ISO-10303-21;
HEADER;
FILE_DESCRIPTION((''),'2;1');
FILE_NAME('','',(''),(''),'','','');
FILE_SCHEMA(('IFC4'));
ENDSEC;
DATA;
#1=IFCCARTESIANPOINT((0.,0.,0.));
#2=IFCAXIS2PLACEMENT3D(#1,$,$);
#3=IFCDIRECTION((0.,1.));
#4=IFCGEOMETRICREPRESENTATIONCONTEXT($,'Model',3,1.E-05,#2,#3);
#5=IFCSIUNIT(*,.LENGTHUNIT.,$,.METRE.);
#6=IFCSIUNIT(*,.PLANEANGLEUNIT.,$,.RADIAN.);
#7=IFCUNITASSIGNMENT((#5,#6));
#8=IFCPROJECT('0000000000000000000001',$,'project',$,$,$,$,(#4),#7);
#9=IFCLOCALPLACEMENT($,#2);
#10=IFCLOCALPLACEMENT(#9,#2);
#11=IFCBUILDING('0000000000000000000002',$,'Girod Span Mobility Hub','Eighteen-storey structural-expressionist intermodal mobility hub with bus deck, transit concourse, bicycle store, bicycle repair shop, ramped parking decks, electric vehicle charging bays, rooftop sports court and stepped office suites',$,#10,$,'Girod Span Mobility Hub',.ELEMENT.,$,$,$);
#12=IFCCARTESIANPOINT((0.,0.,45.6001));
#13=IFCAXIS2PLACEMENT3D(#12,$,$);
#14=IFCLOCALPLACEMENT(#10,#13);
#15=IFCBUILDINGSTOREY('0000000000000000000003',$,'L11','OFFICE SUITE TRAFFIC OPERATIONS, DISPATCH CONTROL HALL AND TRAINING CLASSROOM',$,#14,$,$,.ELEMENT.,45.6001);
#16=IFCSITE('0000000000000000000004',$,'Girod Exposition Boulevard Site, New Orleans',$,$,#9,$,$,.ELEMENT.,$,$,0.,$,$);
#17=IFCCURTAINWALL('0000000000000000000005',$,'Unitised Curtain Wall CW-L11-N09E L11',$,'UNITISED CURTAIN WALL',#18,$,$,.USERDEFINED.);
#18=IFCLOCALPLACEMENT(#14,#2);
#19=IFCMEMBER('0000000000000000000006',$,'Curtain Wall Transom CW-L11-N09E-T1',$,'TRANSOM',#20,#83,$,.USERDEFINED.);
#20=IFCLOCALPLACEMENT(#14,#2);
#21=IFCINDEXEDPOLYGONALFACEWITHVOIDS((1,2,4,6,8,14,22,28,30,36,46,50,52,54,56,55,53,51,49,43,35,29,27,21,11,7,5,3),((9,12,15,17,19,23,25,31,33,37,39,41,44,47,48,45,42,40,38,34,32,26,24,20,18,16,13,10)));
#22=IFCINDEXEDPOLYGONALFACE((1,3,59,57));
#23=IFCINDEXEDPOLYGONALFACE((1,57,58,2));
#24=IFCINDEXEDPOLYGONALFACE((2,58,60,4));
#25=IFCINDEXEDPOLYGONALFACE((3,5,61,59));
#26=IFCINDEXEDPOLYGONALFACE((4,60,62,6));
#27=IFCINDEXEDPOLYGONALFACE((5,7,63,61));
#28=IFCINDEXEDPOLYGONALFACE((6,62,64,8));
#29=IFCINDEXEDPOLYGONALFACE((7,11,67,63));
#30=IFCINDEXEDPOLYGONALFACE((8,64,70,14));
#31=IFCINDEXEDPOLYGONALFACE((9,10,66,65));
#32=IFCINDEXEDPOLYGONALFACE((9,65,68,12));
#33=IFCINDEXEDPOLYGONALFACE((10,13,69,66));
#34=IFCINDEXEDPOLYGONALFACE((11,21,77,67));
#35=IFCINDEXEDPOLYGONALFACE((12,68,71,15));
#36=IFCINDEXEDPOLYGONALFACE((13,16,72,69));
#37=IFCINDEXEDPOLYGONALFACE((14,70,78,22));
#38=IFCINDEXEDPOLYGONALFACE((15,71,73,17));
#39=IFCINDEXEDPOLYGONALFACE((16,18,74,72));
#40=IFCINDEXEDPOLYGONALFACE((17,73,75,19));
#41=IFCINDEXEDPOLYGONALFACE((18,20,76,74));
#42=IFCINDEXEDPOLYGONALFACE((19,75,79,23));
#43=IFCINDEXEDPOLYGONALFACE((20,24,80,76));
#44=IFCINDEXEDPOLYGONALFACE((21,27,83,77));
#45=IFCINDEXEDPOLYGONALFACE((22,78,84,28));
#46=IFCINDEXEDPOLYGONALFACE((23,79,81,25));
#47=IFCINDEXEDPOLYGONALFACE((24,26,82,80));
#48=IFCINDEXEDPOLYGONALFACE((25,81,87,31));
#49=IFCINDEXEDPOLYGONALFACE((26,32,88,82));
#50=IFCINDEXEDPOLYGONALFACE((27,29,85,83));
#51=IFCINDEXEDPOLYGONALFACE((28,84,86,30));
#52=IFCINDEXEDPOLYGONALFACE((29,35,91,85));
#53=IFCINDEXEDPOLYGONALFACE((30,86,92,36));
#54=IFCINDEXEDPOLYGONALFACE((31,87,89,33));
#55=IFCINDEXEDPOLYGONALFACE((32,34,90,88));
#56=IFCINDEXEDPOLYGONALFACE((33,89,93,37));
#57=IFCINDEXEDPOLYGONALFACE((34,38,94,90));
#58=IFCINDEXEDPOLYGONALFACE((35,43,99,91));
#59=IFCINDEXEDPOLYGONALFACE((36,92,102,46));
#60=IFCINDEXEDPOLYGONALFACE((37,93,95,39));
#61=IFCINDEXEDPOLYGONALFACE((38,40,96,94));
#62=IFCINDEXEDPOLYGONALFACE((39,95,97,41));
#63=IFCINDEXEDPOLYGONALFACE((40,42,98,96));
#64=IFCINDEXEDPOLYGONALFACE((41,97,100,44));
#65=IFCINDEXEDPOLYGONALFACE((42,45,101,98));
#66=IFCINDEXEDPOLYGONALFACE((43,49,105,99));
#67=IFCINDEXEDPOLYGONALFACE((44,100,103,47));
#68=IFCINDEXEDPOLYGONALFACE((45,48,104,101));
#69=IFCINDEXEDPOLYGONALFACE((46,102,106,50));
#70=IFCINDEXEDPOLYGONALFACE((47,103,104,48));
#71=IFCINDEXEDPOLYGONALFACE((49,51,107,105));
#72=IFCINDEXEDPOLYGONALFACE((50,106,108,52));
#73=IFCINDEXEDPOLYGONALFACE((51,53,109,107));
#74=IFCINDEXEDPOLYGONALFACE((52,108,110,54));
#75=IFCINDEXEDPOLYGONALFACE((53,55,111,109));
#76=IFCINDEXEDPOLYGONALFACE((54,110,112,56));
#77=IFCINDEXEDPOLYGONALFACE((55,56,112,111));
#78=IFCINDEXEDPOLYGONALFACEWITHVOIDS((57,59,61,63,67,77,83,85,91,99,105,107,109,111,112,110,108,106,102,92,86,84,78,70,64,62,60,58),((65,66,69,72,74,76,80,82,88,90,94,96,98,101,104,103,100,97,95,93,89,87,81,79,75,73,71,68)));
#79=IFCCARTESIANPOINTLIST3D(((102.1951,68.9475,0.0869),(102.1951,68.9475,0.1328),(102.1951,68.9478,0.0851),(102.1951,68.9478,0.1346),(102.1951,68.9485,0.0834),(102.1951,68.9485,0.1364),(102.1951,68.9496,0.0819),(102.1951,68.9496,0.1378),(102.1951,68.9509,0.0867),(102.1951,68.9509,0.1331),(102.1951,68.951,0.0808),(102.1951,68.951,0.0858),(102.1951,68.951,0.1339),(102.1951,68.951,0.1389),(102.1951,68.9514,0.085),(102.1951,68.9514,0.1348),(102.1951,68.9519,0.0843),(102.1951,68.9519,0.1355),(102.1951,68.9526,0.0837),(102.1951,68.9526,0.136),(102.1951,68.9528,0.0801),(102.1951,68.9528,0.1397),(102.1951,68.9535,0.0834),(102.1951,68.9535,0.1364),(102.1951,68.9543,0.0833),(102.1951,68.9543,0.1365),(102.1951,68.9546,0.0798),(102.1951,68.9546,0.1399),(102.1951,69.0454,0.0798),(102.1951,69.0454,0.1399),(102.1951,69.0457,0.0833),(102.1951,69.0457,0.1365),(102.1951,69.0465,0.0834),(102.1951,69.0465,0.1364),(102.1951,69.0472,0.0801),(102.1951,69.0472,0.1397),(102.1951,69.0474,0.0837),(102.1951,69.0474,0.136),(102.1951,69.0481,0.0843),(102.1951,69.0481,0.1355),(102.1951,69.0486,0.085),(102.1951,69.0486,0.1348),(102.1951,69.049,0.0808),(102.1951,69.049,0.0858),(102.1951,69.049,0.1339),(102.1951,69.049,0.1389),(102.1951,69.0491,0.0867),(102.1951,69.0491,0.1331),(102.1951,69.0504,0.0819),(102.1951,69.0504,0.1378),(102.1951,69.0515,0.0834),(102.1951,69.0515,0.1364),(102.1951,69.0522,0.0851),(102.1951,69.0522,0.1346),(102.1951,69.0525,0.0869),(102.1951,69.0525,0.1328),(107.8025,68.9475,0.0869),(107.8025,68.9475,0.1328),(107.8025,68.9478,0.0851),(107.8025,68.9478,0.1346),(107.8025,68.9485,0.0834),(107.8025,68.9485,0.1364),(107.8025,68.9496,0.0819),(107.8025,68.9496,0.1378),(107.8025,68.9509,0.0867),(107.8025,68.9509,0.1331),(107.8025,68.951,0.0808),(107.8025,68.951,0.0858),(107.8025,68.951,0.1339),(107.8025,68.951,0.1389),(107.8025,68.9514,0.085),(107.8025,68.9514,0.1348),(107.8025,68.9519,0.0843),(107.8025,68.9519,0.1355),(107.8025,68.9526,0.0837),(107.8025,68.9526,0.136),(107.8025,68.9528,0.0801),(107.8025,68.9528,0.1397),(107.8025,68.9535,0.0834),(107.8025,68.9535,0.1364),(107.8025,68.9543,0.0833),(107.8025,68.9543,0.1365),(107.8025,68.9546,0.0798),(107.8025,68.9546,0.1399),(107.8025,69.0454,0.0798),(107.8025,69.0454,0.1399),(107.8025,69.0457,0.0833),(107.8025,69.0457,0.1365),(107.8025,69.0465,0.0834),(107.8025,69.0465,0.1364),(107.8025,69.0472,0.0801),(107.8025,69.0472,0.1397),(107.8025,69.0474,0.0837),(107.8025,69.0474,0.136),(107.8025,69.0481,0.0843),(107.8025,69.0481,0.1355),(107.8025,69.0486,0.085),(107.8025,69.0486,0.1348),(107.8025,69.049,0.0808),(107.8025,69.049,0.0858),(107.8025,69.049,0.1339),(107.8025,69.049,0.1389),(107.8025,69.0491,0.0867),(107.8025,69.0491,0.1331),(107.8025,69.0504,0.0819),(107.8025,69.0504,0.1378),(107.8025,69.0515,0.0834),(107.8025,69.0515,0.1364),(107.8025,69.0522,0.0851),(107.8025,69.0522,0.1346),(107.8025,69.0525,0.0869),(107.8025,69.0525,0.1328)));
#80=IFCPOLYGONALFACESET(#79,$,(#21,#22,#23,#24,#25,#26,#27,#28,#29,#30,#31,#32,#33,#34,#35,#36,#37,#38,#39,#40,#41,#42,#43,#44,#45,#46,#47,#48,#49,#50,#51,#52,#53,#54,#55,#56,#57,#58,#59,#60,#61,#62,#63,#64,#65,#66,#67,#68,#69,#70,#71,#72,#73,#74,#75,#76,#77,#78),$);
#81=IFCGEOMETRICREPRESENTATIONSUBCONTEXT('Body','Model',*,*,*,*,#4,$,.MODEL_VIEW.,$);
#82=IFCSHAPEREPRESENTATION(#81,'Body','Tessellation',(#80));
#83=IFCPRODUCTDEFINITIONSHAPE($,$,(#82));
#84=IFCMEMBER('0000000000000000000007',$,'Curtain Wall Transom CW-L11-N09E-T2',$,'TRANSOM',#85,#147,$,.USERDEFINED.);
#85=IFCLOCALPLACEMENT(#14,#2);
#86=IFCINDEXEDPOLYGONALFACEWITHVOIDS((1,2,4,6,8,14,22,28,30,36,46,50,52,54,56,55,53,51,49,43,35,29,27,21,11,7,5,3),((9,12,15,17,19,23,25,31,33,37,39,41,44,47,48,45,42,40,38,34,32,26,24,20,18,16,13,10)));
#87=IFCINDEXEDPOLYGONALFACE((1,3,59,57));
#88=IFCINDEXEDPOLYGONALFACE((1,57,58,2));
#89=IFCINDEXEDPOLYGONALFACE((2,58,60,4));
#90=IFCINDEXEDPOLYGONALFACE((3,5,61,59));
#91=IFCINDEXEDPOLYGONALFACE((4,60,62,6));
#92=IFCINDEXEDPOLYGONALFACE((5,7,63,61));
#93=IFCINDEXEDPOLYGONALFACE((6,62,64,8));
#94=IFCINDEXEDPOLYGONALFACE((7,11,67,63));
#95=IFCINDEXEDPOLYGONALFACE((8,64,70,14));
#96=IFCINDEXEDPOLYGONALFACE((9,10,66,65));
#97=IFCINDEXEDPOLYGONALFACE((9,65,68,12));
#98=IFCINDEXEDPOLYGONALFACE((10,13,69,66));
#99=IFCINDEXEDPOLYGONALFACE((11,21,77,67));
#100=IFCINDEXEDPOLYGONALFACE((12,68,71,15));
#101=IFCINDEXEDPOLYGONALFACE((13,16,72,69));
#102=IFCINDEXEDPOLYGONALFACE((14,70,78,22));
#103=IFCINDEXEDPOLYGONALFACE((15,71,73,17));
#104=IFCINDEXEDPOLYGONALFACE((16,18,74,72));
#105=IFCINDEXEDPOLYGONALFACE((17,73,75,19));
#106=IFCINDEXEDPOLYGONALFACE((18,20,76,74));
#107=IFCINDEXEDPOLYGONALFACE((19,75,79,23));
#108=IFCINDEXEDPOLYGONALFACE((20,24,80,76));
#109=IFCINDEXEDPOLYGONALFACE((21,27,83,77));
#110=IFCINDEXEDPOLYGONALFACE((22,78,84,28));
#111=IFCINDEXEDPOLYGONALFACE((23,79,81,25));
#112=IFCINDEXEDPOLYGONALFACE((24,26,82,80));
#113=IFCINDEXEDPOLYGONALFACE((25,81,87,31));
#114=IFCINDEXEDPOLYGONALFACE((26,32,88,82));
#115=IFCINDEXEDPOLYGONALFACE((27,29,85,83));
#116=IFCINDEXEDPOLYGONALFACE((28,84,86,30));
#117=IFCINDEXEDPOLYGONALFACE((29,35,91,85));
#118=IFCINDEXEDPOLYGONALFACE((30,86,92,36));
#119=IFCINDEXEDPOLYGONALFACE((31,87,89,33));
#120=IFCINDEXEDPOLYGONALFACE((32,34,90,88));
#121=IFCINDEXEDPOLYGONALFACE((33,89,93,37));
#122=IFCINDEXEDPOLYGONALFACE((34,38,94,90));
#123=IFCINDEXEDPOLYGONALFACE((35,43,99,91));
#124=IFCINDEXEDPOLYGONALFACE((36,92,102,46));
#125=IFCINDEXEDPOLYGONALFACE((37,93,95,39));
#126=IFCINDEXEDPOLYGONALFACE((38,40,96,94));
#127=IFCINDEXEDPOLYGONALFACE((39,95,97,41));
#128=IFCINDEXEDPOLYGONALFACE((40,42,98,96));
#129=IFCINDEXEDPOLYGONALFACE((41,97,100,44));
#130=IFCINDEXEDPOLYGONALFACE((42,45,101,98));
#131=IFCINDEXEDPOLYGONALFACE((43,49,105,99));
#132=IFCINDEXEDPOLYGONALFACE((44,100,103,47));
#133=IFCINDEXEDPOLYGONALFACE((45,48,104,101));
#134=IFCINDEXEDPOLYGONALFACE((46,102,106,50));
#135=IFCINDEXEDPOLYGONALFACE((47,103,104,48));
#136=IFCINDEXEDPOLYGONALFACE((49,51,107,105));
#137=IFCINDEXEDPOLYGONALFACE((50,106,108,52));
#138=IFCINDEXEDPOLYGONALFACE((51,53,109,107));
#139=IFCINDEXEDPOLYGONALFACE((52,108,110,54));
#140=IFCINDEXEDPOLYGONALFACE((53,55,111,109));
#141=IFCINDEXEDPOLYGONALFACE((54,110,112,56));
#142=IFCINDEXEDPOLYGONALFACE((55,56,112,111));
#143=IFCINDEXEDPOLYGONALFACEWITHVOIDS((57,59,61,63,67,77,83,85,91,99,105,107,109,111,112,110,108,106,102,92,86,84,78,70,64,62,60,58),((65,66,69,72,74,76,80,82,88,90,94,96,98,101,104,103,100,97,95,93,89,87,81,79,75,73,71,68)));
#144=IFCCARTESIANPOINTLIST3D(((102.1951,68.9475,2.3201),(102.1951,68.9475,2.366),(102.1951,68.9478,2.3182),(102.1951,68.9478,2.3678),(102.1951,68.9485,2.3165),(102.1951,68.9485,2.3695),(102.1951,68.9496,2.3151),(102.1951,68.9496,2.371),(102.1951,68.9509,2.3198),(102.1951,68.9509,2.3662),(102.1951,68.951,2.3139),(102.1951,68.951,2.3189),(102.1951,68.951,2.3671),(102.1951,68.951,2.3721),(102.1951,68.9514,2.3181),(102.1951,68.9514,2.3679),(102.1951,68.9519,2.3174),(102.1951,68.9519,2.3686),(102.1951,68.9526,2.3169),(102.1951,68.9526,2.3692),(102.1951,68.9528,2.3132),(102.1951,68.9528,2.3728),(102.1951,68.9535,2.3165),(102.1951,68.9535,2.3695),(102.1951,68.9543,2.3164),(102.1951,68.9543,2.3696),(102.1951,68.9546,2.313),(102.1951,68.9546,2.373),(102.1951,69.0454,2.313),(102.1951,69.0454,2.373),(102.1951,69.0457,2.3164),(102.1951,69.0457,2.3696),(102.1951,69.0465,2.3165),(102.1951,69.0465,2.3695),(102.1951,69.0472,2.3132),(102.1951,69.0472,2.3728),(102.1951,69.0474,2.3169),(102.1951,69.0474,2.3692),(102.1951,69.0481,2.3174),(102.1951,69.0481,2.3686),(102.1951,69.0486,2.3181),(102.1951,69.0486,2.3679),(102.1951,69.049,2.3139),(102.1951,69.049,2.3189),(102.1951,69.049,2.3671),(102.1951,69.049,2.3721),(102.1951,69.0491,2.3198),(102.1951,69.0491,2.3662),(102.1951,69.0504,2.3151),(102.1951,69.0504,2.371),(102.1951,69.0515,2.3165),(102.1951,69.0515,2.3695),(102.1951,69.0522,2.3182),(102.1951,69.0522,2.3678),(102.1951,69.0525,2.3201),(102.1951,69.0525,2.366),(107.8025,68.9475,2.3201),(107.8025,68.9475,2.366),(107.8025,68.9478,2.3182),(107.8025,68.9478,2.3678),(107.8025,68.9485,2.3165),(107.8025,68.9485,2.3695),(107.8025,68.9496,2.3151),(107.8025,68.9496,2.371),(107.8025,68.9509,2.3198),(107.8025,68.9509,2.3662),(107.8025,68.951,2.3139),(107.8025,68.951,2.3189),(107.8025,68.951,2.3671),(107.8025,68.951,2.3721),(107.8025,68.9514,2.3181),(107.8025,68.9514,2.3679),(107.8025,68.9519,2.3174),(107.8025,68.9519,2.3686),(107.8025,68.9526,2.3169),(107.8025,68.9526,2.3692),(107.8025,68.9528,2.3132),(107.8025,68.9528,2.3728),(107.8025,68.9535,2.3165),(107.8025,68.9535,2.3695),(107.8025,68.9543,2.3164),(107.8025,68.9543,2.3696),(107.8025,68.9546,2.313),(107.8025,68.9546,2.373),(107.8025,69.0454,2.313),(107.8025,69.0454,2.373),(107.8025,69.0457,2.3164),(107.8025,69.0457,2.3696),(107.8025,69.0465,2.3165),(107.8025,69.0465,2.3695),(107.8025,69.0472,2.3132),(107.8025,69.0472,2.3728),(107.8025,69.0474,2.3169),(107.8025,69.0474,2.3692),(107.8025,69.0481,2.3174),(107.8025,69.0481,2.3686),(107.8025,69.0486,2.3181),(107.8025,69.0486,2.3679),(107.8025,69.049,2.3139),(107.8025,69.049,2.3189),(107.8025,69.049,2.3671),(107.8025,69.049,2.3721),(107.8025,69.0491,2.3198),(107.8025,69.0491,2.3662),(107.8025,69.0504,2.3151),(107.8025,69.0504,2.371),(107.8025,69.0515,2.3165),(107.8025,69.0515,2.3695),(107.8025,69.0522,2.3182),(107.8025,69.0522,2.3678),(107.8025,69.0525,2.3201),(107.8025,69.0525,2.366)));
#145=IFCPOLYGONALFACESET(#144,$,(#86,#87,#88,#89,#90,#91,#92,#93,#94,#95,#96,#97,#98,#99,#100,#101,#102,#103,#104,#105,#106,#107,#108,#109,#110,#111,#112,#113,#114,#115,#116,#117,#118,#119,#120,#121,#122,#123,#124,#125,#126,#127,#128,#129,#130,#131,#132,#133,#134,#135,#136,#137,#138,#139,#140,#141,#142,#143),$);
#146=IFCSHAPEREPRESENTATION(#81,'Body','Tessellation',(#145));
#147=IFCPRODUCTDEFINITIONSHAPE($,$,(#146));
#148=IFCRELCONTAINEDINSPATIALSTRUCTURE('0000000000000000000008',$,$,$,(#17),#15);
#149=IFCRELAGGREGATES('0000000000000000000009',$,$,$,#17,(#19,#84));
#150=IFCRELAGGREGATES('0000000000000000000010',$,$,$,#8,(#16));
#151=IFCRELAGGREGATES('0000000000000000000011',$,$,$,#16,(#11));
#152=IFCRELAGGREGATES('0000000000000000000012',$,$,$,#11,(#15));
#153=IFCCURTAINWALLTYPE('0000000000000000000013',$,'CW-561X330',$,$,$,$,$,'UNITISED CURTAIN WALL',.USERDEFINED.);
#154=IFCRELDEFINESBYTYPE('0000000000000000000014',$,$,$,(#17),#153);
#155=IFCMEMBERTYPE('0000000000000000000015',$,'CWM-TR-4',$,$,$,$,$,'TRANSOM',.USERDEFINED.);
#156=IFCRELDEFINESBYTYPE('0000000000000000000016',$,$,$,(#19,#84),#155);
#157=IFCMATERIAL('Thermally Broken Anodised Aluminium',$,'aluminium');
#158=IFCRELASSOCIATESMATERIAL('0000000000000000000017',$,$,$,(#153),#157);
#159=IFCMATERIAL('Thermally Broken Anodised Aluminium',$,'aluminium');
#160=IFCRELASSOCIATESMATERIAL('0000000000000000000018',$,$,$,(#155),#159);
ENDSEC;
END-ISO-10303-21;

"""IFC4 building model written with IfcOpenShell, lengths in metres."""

from ifc_helpers import new_model, si_unit, direction, frame, origin, origin_2d, place, context, subcontext, project, spatial, hollow_rectangle, extrude, material, material_profile, profile_set, type_object, element, aggregate, save


model = new_model("IFC4")

# Units and contexts
model_context = context("Model", 3, precision=1e-05, world=origin(), true_north=direction((0.0, 1.0)))
body_context = subcontext(model_context, "Body", "Model", "MODEL_VIEW")
ifc_project = project(units=[si_unit("LENGTHUNIT", "METRE"), si_unit("PLANEANGLEUNIT", "RADIAN")], contexts=[model_context])

# Site, building, storey
site_placement = place(None, origin())
site = spatial("IfcSite", under=ifc_project, at=site_placement, Name="Girod Exposition Boulevard Site, New Orleans", CompositionType="ELEMENT", RefElevation=0.0)
building_placement = place(site_placement, origin())
building = spatial("IfcBuilding", under=site, at=building_placement, Name="Girod Span Mobility Hub", Description="Eighteen-storey structural-expressionist intermodal mobility hub with bus deck, transit concourse, bicycle store, bicycle repair shop, ramped parking decks, electric vehicle charging bays, rooftop sports court and stepped office suites", LongName="Girod Span Mobility Hub", CompositionType="ELEMENT")
storey_placement = place(building_placement, frame((0.0, 0.0, 45.6001)))
storey = spatial("IfcBuildingStorey", under=building, at=storey_placement, Name="L11", Description="OFFICE SUITE TRAFFIC OPERATIONS, DISPATCH CONTROL HALL AND TRAINING CLASSROOM", CompositionType="ELEMENT", Elevation=45.6001)

# Curtain wall
ifc_material_1 = material(Name="Thermally Broken Anodised Aluminium", Category="aluminium")
curtain_wall_type = type_object("IfcCurtainWallType", Name="CW-561X330", ElementType="UNITISED CURTAIN WALL", PredefinedType="USERDEFINED", material=ifc_material_1)
curtain_wall_1_placement = place(storey_placement, origin())
curtain_wall_1 = element("IfcCurtainWall", 1, at=curtain_wall_1_placement, inside=storey, type_object=curtain_wall_type, Name="Unitised Curtain Wall CW-L11-N09E L11", ObjectType="UNITISED CURTAIN WALL", PredefinedType="USERDEFINED")

# Members
ifc_material_2 = material(Name="Thermally Broken Anodised Aluminium", Category="aluminium")
ifc_material_profile_1 = material_profile(ifc_material_2, hollow_rectangle(XDim=0.105, YDim=0.0601, WallThickness=0.0034, InnerFilletRadius=0.0034, OuterFilletRadius=0.0071, at=origin_2d()), Name="CW-TR-60X105")
ifc_profile_set_1 = profile_set([ifc_material_profile_1], Name="Thermally Broken Anodised Aluminium")
member_type_1 = type_object("IfcMemberType", Name="CWM-TR-4", ElementType="TRANSOM", PredefinedType="USERDEFINED", material=ifc_profile_set_1)
member_1_placement = place(storey_placement, frame((102.1951, 69.0, 0.1099), z_axis=(1.0, 0.0, 0.0), x_axis=(0.0, 1.0, 0.0)))
member_1 = element("IfcMember", 2, at=member_1_placement, type_object=member_type_1, Name="Curtain Wall Transom CW-L11-N09E-T1", ObjectType="TRANSOM", PredefinedType="USERDEFINED", context=body_context, shape_type="SweptSolid", body=[
    extrude(hollow_rectangle(XDim=0.105, YDim=0.0601, WallThickness=0.0034, InnerFilletRadius=0.0034, OuterFilletRadius=0.0071, at=origin_2d()), origin(), (0.0, 0.0, 1.0), 5.6074),
])
member_2_placement = place(storey_placement, frame((102.1951, 69.0, 2.343), z_axis=(1.0, 0.0, 0.0), x_axis=(0.0, 1.0, 0.0)))
member_2 = element("IfcMember", 3, at=member_2_placement, type_object=member_type_1, Name="Curtain Wall Transom CW-L11-N09E-T2", ObjectType="TRANSOM", PredefinedType="USERDEFINED", context=body_context, shape_type="SweptSolid", body=[
    extrude(hollow_rectangle(XDim=0.105, YDim=0.0601, WallThickness=0.0034, InnerFilletRadius=0.0034, OuterFilletRadius=0.0071, at=origin_2d()), origin(), (0.0, 0.0, 1.0), 5.6074),
])

aggregate(curtain_wall_1, [member_1, member_2])

save(model, "model.ifc")
